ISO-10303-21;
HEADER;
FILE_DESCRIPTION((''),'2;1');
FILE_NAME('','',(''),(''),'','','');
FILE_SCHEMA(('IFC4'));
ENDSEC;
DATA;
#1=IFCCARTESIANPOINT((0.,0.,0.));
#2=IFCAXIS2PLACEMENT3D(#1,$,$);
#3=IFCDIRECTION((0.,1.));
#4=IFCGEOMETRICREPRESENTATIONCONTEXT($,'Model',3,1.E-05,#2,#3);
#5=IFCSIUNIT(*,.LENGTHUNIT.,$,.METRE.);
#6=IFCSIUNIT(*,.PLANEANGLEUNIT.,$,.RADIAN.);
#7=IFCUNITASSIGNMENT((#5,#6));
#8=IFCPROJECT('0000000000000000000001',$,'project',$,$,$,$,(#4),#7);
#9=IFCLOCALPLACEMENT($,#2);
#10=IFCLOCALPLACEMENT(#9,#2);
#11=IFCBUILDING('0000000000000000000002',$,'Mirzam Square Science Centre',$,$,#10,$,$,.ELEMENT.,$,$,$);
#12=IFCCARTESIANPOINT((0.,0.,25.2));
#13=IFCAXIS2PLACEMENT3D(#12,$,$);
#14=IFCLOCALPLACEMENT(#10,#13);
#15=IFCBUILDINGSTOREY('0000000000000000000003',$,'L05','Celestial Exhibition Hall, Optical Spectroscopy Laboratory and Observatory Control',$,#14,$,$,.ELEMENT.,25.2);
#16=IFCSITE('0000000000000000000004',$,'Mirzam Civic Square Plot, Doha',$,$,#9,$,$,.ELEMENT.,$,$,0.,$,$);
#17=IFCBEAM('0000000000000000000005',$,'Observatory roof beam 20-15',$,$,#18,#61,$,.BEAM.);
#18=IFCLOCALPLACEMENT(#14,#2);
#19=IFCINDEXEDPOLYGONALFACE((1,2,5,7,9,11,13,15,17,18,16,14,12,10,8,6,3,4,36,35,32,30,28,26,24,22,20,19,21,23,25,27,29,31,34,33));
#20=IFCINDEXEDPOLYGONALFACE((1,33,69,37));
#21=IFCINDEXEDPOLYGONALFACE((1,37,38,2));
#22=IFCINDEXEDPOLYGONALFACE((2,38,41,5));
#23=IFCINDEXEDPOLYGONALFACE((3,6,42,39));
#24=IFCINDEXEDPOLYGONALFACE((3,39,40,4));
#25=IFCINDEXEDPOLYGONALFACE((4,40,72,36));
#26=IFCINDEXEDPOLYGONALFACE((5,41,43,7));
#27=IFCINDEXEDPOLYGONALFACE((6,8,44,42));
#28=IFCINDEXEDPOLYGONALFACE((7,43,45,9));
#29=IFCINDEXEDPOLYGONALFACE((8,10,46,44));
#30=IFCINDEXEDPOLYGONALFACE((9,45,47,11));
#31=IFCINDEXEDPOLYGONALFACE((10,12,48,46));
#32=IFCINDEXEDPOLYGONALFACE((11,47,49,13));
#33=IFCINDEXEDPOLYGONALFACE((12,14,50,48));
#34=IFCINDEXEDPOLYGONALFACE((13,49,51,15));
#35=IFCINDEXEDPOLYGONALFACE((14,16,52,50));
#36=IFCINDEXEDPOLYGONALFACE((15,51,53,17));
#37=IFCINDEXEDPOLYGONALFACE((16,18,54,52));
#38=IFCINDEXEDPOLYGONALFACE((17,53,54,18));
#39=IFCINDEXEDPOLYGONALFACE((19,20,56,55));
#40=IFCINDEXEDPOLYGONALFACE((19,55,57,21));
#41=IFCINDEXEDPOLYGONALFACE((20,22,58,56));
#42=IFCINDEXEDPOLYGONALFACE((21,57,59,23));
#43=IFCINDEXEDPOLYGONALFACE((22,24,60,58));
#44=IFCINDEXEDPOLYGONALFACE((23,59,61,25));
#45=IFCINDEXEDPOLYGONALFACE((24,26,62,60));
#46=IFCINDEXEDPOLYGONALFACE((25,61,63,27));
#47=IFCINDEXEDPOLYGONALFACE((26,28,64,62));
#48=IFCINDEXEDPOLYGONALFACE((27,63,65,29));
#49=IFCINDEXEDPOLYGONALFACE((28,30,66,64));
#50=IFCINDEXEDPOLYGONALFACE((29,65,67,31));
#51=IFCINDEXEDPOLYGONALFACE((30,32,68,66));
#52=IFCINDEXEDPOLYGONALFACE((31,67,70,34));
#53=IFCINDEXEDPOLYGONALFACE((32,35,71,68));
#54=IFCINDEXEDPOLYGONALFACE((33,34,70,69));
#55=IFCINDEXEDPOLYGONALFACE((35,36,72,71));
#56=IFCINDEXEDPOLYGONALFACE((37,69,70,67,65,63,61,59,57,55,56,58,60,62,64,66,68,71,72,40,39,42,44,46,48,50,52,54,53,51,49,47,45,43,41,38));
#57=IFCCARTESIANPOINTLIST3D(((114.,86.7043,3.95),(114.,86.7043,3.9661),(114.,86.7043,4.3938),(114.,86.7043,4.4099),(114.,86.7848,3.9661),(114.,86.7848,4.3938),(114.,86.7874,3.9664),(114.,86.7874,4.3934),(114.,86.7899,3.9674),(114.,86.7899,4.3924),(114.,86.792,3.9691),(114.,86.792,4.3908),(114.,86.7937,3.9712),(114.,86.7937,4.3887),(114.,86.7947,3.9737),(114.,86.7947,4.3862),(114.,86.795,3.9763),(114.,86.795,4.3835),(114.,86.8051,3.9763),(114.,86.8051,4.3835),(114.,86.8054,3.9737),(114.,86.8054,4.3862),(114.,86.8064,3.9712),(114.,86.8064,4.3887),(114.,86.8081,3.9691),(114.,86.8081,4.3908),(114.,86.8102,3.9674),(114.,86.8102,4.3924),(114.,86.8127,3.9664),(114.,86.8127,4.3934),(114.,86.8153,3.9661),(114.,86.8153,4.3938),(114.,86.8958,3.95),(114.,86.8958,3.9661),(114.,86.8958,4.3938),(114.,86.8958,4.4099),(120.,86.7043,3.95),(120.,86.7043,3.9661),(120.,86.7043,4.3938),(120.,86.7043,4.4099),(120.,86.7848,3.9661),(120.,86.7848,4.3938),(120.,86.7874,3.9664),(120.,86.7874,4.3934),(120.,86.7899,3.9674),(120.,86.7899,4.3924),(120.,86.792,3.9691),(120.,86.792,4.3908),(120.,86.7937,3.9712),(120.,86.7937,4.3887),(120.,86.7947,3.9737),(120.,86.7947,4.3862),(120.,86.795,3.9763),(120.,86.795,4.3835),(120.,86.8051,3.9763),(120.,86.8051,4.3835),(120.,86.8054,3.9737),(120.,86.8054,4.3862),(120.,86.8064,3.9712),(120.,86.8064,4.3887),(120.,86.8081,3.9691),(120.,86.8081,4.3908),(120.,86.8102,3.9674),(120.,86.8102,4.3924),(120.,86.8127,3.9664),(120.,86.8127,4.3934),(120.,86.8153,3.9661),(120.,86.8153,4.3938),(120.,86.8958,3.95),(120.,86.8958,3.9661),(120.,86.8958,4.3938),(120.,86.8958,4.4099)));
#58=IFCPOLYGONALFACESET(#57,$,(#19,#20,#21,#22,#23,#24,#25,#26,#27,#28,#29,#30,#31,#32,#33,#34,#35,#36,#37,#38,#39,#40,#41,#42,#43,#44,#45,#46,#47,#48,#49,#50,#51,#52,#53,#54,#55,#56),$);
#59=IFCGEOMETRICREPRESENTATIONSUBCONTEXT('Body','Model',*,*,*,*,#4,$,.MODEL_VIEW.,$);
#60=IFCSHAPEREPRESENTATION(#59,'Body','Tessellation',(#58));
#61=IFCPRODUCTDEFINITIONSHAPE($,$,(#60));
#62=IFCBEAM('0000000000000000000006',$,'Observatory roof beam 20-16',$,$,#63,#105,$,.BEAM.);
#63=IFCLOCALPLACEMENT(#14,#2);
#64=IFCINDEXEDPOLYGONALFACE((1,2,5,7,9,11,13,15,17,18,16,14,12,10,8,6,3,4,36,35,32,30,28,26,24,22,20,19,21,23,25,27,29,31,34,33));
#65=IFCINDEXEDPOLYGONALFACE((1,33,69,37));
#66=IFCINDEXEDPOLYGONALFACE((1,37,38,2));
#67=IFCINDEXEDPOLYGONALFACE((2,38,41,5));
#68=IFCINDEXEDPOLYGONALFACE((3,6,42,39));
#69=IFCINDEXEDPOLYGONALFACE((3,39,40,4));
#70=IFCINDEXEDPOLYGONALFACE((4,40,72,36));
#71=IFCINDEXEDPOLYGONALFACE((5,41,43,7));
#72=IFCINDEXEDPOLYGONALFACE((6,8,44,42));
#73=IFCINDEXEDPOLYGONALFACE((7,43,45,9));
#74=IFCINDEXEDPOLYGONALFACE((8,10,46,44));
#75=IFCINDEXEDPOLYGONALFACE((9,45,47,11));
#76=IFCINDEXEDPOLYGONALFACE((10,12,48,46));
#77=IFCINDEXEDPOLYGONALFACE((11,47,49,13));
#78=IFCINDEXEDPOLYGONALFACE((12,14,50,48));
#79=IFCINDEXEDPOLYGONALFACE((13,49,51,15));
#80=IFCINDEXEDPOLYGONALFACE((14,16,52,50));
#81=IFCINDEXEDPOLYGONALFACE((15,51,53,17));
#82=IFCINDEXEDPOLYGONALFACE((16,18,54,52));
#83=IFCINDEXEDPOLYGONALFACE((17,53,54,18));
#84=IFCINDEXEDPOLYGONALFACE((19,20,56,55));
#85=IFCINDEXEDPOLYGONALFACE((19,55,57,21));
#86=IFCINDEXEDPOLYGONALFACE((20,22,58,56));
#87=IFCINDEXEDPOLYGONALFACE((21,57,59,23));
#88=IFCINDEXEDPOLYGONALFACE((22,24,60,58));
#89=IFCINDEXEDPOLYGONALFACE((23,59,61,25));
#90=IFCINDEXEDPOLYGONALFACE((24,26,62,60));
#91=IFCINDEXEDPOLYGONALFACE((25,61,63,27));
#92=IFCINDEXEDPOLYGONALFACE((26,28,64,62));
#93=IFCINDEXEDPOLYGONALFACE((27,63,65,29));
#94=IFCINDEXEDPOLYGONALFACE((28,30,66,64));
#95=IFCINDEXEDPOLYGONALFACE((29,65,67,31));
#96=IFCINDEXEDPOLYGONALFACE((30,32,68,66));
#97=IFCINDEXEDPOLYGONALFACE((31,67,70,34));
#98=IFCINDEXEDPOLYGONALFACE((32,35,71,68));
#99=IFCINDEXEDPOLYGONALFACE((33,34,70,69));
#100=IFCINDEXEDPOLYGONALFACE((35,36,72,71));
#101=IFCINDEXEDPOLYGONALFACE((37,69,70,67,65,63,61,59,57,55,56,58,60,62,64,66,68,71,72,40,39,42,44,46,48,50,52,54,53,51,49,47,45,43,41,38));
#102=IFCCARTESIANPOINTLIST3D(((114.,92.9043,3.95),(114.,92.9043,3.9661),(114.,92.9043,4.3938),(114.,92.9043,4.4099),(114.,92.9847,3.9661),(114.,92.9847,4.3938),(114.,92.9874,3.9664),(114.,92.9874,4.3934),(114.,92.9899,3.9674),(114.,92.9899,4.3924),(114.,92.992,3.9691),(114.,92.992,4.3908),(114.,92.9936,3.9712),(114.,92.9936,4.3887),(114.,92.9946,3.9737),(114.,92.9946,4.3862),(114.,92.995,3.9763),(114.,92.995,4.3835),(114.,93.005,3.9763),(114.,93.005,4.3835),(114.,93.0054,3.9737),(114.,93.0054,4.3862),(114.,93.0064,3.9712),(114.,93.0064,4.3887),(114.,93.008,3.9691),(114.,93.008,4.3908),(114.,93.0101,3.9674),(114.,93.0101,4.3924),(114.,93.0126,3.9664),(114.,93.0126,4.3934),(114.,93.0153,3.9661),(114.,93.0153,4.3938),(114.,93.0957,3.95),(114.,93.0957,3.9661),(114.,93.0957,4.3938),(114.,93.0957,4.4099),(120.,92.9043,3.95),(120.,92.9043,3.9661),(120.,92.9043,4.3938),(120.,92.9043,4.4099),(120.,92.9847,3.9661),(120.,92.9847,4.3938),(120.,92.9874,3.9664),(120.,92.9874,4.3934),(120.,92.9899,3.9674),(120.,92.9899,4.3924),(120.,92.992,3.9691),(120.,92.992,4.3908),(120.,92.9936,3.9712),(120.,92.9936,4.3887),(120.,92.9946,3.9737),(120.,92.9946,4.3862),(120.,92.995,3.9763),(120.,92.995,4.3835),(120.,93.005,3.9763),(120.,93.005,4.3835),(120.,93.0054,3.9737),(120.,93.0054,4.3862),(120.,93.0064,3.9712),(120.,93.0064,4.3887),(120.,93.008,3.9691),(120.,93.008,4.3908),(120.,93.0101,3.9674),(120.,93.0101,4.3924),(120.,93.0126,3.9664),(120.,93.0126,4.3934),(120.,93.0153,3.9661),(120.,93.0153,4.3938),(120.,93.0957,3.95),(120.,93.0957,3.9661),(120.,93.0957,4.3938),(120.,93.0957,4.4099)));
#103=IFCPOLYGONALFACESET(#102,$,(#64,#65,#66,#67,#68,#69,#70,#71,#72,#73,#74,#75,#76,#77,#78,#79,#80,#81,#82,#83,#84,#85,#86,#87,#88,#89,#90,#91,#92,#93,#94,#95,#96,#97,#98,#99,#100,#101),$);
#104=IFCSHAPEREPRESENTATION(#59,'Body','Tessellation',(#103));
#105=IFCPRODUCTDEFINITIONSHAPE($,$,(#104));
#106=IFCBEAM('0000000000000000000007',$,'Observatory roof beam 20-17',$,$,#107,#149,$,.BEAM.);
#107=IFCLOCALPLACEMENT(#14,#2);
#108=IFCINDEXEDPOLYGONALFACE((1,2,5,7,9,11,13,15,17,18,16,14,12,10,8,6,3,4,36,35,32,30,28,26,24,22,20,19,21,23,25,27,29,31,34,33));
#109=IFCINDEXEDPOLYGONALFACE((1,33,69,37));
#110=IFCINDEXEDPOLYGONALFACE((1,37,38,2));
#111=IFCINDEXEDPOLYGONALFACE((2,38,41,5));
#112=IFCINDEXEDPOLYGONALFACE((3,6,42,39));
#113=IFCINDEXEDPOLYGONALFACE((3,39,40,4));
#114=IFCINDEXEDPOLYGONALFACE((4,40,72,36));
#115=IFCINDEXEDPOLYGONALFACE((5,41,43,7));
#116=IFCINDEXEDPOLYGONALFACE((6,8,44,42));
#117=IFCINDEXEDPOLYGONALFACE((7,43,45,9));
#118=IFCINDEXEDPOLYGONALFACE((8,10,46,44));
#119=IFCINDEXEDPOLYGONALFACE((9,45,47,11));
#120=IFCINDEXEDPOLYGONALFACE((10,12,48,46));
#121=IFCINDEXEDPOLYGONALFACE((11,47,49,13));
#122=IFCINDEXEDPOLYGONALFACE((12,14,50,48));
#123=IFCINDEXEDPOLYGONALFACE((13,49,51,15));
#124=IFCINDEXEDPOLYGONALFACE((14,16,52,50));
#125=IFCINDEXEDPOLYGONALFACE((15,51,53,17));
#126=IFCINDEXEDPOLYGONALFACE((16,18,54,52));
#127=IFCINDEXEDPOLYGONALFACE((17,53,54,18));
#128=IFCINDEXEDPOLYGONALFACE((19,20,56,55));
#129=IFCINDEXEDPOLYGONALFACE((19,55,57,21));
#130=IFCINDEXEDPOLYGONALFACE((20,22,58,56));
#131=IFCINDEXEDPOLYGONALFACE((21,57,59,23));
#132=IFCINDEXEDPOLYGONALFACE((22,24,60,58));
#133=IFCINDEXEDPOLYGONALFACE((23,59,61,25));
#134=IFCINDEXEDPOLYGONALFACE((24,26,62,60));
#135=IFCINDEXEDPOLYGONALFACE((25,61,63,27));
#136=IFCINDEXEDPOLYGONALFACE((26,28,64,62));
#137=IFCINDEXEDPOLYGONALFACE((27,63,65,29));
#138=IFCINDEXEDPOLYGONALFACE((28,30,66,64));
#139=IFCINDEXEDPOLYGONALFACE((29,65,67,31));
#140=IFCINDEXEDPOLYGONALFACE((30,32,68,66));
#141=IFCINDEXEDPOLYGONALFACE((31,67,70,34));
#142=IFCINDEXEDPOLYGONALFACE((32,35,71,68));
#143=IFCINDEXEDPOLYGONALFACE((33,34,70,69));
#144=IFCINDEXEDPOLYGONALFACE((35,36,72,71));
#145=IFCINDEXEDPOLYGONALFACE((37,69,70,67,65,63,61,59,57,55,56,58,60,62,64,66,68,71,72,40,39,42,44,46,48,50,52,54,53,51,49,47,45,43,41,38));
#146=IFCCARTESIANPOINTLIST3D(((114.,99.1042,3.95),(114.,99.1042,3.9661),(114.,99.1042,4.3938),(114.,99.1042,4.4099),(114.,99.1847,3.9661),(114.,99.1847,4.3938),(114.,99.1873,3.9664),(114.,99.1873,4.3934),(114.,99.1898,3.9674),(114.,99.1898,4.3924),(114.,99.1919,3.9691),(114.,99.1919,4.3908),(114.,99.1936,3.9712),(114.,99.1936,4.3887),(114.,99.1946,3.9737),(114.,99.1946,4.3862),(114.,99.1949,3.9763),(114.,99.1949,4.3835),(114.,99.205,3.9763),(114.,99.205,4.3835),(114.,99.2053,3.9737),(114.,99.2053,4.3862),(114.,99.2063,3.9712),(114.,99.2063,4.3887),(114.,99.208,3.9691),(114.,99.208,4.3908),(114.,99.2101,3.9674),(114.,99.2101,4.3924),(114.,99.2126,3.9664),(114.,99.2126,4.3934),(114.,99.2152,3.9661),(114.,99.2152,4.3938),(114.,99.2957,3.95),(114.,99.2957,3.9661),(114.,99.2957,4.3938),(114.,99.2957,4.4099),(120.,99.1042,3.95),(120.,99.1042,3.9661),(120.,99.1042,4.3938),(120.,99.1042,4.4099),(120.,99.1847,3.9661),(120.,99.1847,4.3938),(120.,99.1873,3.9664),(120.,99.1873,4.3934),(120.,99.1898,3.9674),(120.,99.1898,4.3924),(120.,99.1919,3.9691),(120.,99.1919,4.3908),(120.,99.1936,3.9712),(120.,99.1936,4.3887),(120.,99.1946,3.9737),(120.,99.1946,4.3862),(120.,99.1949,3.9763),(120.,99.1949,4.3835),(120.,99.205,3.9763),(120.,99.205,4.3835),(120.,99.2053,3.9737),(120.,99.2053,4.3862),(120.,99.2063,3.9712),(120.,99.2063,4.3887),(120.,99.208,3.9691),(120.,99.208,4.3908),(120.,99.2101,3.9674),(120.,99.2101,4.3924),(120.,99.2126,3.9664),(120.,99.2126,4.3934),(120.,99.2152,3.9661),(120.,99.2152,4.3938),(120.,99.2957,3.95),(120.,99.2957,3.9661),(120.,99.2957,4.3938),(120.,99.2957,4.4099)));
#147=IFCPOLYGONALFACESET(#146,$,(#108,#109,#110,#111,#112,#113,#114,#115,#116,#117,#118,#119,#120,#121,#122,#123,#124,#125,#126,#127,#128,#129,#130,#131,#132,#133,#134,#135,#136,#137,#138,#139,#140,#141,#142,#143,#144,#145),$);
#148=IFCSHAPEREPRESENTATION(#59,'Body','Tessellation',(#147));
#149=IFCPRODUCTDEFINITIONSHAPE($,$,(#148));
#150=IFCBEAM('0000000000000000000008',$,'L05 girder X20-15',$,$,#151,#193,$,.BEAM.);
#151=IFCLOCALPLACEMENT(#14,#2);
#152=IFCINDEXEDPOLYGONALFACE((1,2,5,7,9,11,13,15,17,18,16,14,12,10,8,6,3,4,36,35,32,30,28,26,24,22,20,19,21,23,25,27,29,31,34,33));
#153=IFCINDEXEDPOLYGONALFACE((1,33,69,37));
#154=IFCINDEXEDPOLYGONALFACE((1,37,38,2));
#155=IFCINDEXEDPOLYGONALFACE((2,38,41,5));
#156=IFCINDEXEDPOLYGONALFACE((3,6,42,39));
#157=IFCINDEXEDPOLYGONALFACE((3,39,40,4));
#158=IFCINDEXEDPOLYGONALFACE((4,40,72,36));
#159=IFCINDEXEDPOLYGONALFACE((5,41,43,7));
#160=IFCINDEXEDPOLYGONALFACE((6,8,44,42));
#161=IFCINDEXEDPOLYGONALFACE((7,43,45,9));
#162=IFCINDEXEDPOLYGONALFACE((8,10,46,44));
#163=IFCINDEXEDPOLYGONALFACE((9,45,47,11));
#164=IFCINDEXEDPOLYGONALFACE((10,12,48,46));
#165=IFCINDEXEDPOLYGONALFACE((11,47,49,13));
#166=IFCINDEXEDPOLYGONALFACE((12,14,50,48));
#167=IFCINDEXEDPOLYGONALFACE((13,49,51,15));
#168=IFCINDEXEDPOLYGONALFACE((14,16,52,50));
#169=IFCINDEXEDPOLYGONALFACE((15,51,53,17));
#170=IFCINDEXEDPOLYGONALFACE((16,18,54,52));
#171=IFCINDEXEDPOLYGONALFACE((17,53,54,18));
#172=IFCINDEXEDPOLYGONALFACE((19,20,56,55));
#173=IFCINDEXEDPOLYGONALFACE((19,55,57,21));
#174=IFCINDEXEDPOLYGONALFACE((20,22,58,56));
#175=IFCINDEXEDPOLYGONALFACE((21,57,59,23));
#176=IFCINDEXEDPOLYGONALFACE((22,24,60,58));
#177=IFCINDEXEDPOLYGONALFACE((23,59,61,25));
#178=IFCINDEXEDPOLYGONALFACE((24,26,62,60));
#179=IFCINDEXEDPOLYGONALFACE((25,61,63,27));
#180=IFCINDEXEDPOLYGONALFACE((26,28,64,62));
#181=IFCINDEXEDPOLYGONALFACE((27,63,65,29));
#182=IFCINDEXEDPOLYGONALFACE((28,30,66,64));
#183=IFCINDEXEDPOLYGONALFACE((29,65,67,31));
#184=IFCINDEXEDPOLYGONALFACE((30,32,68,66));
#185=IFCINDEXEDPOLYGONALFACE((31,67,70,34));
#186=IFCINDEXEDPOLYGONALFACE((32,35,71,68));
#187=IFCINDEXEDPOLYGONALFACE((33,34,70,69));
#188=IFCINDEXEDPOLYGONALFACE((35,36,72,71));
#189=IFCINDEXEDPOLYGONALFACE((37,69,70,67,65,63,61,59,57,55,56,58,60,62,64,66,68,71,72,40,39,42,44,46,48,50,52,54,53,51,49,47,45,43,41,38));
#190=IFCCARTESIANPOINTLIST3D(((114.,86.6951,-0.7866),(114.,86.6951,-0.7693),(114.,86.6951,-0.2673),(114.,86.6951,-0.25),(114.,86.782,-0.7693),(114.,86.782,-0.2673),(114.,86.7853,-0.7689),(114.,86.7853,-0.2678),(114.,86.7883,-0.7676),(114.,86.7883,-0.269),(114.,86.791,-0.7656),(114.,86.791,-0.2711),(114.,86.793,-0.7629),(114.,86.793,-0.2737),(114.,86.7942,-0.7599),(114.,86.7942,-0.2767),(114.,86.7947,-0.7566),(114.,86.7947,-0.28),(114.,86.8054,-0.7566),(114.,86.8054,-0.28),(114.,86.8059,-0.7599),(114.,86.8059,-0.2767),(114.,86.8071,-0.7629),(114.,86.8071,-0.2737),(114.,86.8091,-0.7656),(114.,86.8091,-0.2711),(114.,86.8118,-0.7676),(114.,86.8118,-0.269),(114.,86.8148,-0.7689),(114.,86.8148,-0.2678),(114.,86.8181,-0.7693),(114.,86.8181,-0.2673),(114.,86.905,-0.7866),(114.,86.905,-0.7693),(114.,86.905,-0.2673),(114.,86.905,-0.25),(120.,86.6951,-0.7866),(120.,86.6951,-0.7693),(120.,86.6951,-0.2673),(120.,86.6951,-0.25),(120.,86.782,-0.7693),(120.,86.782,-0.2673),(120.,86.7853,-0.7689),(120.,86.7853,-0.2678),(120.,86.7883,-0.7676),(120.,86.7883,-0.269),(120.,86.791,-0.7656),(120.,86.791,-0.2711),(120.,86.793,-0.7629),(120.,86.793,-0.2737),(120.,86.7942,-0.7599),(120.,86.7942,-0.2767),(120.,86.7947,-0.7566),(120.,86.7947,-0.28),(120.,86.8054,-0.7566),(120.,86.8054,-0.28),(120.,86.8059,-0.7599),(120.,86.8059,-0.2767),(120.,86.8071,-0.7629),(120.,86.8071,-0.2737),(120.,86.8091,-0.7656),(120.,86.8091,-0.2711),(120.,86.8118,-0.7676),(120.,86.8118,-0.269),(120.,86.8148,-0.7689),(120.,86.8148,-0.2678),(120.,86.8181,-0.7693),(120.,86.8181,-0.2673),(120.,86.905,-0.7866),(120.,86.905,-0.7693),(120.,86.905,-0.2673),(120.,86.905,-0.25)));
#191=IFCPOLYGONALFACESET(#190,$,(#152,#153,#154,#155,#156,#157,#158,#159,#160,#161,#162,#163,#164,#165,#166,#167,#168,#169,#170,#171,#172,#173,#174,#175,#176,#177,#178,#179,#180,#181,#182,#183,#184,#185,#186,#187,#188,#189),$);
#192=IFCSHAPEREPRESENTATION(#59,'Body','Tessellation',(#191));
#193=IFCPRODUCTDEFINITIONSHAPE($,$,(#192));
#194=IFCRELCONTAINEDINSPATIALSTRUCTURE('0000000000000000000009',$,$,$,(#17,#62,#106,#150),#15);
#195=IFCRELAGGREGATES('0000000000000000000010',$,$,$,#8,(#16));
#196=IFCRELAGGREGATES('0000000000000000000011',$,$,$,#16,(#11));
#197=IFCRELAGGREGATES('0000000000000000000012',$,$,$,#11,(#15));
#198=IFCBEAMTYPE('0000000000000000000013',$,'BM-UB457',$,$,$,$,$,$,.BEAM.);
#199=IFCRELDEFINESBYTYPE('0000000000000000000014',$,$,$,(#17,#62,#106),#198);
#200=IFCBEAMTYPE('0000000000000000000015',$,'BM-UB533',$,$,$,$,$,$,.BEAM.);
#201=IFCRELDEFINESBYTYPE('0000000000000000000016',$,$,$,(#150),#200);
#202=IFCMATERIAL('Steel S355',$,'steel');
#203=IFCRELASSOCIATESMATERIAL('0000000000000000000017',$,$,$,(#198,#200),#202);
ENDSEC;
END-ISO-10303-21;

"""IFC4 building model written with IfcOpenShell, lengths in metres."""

from ifc_helpers import new_model, si_unit, direction, frame, origin, origin_2d, place, context, subcontext, project, spatial, i_section, extrude, material, material_profile, profile_set, type_object, element, save


model = new_model("IFC4")

# Units and contexts
model_context = context("Model", 3, precision=1e-05, world=origin(), true_north=direction((0.0, 1.0)))
body_context = subcontext(model_context, "Body", "Model", "MODEL_VIEW")
ifc_project = project(units=[si_unit("LENGTHUNIT", "METRE"), si_unit("PLANEANGLEUNIT", "RADIAN")], contexts=[model_context])

# Site, building, storey
site_placement = place(None, origin())
site = spatial("IfcSite", under=ifc_project, at=site_placement, Name="Mirzam Civic Square Plot, Doha", CompositionType="ELEMENT", RefElevation=0.0)
building_placement = place(site_placement, origin())
building = spatial("IfcBuilding", under=site, at=building_placement, Name="Mirzam Square Science Centre", CompositionType="ELEMENT")
storey_placement = place(building_placement, frame((0.0, 0.0, 25.2)))
storey = spatial("IfcBuildingStorey", under=building, at=storey_placement, Name="L05", Description="Celestial Exhibition Hall, Optical Spectroscopy Laboratory and Observatory Control", CompositionType="ELEMENT", Elevation=25.2)

# Shared definitions
ifc_material_1 = material(Name="Steel S355", Category="steel")

# Beams
ifc_material_profile_1 = material_profile(ifc_material_1, i_section(OverallWidth=0.1914, OverallDepth=0.46, WebThickness=0.01, FlangeThickness=0.0161, FilletRadius=0.0103, at=origin_2d()), Name="457x191x82UB")
ifc_profile_set_1 = profile_set([ifc_material_profile_1], Name="Steel S355")
beam_type_1 = type_object("IfcBeamType", Name="BM-UB457", PredefinedType="BEAM", material=ifc_profile_set_1)
for number, where, z_axis, x_axis, name in (
    (1, (114.0, 86.8, 4.1799), (1.0, 0.0, 0.0), (0.0, 1.0, 0.0), "Observatory roof beam 20-15"),
    (2, (114.0, 93.0, 4.1799), (1.0, 0.0, 0.0), (0.0, 1.0, 0.0), "Observatory roof beam 20-16"),
    (3, (114.0, 99.2, 4.1799), (1.0, 0.0, 0.0), (0.0, 1.0, 0.0), "Observatory roof beam 20-17"),
):
    element("IfcBeam", number, at=place(storey_placement, frame(where, z_axis=z_axis, x_axis=x_axis)), inside=storey, type_object=beam_type_1, Name=name, PredefinedType="BEAM", context=body_context, shape_type="SweptSolid", body=[
        extrude(i_section(OverallWidth=0.1914, OverallDepth=0.46, WebThickness=0.01, FlangeThickness=0.0161, FilletRadius=0.0103, at=origin_2d()), origin(), (0.0, 0.0, 1.0), 6.0),
    ])
ifc_material_profile_2 = material_profile(ifc_material_1, i_section(OverallWidth=0.21, OverallDepth=0.5366, WebThickness=0.0107, FlangeThickness=0.0173, FilletRadius=0.0127, at=origin_2d()), Name="533x210x101UB")
ifc_profile_set_2 = profile_set([ifc_material_profile_2], Name="Steel S355")
beam_type_2 = type_object("IfcBeamType", Name="BM-UB533", PredefinedType="BEAM", material=ifc_profile_set_2)
beam_1_placement = place(storey_placement, frame((114.0, 86.8, -0.5183), z_axis=(1.0, 0.0, 0.0), x_axis=(0.0, 1.0, 0.0)))
element("IfcBeam", 4, at=beam_1_placement, inside=storey, type_object=beam_type_2, Name="L05 girder X20-15", PredefinedType="BEAM", context=body_context, shape_type="SweptSolid", body=[
    extrude(i_section(OverallWidth=0.21, OverallDepth=0.5366, WebThickness=0.0107, FlangeThickness=0.0173, FilletRadius=0.0127, at=origin_2d()), origin(), (0.0, 0.0, 1.0), 6.0),
])

save(model, "model.ifc")
